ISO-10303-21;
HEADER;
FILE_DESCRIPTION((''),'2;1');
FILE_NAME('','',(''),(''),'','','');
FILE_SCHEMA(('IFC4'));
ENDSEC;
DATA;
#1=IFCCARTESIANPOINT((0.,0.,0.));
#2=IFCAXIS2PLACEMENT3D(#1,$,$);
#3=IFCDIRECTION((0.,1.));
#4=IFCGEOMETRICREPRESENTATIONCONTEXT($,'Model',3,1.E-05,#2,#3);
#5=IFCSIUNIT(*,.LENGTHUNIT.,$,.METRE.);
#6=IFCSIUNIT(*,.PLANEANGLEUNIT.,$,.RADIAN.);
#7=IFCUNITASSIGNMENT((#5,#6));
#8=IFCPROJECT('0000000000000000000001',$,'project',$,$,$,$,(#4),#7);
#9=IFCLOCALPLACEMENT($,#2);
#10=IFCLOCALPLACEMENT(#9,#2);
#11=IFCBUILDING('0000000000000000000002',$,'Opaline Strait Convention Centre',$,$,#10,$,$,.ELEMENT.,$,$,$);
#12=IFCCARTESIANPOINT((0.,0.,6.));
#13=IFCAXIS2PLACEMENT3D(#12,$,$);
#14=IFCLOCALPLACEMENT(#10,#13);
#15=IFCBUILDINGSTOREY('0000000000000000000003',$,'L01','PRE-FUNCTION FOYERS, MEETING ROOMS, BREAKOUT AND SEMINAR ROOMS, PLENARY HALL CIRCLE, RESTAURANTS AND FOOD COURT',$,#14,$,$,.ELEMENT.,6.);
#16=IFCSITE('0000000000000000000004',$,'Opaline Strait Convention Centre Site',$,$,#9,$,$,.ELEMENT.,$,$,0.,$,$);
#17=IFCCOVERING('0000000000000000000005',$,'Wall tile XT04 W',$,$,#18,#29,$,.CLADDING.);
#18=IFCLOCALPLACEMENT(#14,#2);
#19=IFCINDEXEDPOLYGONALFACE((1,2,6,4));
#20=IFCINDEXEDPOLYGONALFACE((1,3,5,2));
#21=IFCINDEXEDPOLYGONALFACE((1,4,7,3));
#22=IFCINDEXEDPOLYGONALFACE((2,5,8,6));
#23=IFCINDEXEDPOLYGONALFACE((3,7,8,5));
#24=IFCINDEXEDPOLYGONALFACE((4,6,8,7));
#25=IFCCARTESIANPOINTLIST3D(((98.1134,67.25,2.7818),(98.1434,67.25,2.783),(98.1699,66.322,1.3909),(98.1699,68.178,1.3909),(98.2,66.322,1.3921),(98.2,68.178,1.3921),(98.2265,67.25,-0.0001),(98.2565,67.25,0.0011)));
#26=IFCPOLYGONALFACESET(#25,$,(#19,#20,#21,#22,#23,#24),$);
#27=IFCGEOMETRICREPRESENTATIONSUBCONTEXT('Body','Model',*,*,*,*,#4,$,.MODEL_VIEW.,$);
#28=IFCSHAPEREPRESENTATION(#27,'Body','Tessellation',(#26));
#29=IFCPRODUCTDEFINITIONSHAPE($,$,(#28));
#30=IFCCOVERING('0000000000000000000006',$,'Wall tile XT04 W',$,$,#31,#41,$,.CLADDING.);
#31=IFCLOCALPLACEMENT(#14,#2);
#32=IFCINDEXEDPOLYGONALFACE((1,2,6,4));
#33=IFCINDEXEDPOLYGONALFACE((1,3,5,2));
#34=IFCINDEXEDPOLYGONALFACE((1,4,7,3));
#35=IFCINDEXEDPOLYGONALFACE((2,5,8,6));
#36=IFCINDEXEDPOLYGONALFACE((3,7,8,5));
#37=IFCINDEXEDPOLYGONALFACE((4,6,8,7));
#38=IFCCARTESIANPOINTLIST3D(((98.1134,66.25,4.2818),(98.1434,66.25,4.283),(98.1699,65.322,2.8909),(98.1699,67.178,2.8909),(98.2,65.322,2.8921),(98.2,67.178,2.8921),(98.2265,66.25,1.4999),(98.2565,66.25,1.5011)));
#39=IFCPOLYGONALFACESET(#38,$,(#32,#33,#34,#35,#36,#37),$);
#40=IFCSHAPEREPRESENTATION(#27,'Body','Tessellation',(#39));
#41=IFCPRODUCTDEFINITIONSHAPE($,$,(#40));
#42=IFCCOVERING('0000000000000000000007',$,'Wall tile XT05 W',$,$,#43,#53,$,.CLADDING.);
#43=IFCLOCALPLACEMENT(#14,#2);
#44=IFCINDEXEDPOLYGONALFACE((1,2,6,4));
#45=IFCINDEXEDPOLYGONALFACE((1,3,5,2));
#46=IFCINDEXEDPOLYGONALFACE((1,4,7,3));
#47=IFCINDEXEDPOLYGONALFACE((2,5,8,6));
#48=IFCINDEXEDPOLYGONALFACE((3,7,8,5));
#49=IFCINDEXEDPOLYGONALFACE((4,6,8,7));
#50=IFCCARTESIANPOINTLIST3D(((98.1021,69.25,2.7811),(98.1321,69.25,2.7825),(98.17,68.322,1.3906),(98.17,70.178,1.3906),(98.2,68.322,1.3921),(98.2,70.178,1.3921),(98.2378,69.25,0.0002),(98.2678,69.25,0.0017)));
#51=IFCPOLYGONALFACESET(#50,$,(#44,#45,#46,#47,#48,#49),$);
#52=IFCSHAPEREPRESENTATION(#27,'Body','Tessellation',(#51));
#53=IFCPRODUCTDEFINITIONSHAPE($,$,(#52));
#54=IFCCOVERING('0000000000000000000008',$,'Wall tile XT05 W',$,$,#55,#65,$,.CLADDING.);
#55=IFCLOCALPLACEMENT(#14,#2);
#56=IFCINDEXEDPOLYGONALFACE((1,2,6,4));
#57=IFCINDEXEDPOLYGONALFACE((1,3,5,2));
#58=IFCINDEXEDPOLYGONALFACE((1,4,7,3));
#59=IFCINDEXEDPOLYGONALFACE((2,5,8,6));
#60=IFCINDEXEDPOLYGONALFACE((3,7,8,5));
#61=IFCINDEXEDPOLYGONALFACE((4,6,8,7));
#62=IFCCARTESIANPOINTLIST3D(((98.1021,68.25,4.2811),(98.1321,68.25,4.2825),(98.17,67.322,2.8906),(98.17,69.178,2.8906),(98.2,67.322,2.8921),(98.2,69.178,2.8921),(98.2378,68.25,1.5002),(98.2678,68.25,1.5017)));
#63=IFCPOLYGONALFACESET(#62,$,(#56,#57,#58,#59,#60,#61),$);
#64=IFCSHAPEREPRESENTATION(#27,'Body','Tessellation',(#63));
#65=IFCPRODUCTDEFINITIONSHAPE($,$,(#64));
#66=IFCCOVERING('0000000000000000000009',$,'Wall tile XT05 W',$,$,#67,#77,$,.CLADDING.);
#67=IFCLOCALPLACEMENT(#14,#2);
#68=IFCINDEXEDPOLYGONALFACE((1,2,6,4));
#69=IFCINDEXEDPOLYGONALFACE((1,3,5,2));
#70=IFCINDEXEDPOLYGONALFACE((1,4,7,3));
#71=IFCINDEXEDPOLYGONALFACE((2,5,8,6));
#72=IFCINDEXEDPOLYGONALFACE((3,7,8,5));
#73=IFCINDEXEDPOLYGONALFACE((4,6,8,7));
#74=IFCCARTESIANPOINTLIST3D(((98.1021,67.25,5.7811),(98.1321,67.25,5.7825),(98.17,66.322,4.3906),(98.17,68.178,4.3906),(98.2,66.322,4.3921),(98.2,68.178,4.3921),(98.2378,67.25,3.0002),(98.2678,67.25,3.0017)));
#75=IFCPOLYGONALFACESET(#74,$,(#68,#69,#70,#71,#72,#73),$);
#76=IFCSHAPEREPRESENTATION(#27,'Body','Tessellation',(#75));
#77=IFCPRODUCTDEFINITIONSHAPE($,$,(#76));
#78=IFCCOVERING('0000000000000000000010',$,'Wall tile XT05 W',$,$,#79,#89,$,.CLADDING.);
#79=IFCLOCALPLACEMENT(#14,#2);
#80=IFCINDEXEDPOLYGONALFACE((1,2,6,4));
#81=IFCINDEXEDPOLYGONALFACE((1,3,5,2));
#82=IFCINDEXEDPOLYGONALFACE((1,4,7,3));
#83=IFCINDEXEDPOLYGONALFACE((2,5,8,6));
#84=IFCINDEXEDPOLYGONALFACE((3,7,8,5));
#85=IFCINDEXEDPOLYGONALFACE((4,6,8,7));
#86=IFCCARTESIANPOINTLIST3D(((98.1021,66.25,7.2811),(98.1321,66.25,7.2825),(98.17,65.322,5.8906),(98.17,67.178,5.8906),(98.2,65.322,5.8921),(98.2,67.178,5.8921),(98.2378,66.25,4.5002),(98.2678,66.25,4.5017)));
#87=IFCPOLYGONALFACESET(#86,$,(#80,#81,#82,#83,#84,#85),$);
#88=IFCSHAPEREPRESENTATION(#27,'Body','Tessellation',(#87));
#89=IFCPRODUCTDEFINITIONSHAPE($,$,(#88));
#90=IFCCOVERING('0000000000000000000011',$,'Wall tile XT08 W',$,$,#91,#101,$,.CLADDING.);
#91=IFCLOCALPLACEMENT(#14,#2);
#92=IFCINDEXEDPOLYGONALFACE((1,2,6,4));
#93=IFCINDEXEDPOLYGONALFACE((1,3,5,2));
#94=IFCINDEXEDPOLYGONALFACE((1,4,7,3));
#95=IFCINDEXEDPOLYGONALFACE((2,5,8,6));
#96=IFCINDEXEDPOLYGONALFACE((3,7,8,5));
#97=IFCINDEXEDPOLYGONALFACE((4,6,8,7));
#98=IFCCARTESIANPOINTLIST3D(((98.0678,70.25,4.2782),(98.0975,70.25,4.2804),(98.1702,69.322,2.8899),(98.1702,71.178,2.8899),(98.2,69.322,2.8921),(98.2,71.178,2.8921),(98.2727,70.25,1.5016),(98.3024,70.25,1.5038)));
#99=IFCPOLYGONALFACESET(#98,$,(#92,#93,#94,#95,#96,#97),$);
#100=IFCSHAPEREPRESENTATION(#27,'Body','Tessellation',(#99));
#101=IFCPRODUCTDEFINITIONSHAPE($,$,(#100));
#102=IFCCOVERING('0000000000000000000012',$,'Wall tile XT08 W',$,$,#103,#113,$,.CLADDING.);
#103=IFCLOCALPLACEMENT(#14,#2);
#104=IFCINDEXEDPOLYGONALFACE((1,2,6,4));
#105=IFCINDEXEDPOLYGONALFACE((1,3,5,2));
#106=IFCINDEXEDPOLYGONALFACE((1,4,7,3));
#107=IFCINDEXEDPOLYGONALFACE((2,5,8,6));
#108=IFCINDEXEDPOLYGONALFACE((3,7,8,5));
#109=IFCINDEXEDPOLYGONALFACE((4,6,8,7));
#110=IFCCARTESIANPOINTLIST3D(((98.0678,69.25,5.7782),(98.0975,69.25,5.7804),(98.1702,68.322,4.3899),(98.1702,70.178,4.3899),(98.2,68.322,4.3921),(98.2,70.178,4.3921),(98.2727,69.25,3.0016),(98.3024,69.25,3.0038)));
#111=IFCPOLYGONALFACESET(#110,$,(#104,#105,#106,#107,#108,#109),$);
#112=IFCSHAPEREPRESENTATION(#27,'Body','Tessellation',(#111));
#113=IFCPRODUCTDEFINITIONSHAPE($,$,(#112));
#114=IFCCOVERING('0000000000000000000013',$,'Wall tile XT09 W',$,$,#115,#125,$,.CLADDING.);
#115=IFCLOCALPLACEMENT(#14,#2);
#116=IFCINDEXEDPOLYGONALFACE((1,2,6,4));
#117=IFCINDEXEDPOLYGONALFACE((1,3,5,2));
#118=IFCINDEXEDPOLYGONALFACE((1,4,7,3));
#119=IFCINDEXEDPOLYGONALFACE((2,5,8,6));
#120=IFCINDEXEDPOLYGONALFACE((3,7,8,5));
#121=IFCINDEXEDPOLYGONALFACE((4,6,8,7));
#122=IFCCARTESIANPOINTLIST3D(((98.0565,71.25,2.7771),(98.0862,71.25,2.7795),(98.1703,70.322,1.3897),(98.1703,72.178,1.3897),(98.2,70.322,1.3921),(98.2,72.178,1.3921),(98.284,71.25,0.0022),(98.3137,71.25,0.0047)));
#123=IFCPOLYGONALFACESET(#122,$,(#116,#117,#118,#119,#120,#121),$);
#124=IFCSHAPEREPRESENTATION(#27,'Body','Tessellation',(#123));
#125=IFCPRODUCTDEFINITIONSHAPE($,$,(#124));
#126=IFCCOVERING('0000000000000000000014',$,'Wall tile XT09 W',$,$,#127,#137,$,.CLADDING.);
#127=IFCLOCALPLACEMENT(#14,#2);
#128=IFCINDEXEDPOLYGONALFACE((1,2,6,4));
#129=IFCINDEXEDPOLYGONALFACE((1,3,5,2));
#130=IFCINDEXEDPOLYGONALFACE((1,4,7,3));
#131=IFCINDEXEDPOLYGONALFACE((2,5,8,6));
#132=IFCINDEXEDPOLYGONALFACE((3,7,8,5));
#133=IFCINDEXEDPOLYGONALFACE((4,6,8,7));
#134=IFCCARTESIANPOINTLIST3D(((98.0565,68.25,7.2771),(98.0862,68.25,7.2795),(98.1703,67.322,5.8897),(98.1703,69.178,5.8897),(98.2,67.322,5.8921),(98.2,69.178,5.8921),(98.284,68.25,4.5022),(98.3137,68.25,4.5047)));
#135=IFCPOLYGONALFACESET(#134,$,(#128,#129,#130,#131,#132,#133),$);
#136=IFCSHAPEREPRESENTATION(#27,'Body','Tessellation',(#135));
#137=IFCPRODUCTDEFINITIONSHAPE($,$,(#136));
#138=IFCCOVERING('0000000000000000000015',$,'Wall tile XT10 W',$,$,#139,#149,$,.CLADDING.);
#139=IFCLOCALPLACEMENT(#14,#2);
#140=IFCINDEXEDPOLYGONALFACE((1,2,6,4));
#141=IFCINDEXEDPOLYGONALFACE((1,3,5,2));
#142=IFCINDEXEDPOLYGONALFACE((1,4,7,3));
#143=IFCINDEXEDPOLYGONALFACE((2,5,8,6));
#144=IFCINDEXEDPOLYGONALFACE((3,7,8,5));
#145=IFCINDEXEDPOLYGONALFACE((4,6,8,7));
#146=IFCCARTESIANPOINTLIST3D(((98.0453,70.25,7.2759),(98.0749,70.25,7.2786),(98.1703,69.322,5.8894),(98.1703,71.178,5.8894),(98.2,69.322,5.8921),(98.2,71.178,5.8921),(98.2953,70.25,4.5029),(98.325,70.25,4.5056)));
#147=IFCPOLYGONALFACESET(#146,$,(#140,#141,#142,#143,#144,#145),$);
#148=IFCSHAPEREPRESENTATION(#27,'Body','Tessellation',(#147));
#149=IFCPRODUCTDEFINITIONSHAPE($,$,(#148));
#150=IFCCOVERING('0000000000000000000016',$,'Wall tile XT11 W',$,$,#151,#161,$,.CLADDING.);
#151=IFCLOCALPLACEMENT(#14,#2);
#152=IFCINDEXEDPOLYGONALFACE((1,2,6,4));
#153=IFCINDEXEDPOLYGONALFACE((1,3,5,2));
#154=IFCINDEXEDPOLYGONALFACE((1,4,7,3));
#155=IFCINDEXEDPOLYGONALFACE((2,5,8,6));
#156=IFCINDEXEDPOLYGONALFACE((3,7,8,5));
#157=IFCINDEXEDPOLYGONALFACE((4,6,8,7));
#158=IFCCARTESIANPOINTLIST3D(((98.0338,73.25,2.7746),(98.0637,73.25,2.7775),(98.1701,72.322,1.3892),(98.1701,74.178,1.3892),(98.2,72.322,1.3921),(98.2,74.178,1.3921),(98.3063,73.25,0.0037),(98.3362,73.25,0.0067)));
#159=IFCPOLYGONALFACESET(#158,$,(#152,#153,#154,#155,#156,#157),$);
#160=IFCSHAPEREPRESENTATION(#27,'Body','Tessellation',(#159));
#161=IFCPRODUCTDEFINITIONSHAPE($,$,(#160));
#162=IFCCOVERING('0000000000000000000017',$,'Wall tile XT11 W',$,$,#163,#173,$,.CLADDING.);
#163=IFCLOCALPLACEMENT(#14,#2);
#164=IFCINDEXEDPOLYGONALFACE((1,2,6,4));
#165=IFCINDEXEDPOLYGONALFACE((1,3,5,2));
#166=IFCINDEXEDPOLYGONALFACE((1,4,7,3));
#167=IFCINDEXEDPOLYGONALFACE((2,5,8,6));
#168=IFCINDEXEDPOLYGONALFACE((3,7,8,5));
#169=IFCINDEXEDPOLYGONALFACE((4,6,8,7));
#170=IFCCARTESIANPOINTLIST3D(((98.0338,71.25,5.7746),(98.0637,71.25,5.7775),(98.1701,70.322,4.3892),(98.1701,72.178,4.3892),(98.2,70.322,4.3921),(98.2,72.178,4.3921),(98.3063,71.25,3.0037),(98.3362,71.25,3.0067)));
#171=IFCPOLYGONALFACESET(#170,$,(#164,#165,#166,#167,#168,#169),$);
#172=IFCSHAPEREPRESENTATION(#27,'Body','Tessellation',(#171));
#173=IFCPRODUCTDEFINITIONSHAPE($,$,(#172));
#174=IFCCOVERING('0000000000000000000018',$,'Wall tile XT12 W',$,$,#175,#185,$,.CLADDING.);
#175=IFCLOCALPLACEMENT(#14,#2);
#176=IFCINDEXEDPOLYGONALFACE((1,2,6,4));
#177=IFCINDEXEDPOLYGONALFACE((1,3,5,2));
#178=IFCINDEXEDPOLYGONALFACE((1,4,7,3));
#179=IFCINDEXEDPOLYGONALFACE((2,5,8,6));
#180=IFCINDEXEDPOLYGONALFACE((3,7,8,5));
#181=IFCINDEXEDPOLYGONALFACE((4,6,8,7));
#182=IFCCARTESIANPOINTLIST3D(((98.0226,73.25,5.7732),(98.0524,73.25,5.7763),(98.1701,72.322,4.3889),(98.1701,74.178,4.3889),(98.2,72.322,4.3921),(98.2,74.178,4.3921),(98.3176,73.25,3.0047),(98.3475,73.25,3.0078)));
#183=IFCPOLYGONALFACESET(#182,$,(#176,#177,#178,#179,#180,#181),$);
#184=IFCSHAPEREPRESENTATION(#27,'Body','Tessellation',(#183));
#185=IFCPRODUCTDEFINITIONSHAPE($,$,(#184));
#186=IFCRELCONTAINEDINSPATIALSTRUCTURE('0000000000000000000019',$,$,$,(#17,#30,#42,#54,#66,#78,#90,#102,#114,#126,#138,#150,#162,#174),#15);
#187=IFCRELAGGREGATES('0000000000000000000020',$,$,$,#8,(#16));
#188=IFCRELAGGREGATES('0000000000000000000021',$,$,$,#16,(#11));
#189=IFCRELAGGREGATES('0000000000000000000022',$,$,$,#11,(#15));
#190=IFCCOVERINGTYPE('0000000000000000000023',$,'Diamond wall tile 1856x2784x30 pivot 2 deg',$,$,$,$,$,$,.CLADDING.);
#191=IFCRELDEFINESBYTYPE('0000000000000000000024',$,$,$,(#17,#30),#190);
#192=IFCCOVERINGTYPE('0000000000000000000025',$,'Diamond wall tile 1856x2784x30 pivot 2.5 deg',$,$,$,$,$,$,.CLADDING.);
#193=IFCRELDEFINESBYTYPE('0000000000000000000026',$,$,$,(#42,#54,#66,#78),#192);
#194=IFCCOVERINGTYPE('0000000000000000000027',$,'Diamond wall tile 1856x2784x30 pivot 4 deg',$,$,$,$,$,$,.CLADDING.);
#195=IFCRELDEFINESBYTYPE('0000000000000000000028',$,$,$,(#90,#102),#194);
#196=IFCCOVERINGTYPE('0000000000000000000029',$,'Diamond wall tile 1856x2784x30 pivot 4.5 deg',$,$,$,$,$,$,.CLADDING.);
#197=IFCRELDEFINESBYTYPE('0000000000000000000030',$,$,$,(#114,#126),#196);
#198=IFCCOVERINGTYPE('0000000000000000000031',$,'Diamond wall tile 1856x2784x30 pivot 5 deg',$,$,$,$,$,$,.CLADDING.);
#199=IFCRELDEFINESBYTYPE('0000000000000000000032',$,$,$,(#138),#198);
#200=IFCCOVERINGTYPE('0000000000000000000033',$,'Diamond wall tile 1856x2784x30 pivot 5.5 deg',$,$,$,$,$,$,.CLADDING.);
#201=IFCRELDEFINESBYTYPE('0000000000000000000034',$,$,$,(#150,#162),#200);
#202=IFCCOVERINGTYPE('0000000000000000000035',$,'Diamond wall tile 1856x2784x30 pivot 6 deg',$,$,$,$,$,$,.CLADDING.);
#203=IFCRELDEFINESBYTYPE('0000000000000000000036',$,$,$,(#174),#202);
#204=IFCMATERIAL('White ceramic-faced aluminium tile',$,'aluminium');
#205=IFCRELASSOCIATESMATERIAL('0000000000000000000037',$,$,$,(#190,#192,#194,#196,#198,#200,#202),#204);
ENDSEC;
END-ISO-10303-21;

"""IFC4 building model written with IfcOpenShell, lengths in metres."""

from ifc_helpers import new_model, si_unit, direction, frame, origin, place, context, subcontext, project, spatial, polyline, outline, extrude, material, material_profile, profile_set, type_object, element, save


model = new_model("IFC4")

# Units and contexts
model_context = context("Model", 3, precision=1e-05, world=origin(), true_north=direction((0.0, 1.0)))
body_context = subcontext(model_context, "Body", "Model", "MODEL_VIEW")
ifc_project = project(units=[si_unit("LENGTHUNIT", "METRE"), si_unit("PLANEANGLEUNIT", "RADIAN")], contexts=[model_context])

# Site, building, storey
site_placement = place(None, origin())
site = spatial("IfcSite", under=ifc_project, at=site_placement, Name="Opaline Strait Convention Centre Site", CompositionType="ELEMENT", RefElevation=0.0)
building_placement = place(site_placement, origin())
building = spatial("IfcBuilding", under=site, at=building_placement, Name="Opaline Strait Convention Centre", CompositionType="ELEMENT")
storey_placement = place(building_placement, frame((0.0, 0.0, 6.0)))
storey = spatial("IfcBuildingStorey", under=building, at=storey_placement, Name="L01", Description="PRE-FUNCTION FOYERS, MEETING ROOMS, BREAKOUT AND SEMINAR ROOMS, PLENARY HALL CIRCLE, RESTAURANTS AND FOOD COURT", CompositionType="ELEMENT", Elevation=6.0)

# Coverings
ifc_material_1 = material(Name="White ceramic-faced aluminium tile", Category="aluminium")
ifc_material_profile_1 = material_profile(ifc_material_1, outline(polyline([(0.928, 0.0), (0.0, 1.3921), (-0.928, 0.0), (0.0, -1.3921), (0.928, 0.0)])), Name="Diamond tile 1856x2784")
ifc_profile_set_1 = profile_set([ifc_material_profile_1], Name="White ceramic-faced aluminium tile")
covering_type_1 = type_object("IfcCoveringType", Name="Diamond wall tile 1856x2784x30 pivot 2 deg", PredefinedType="CLADDING", material=ifc_profile_set_1)
for number, where, z_axis, x_axis, name in (
    (1, (98.2, 67.25, 1.3921), (-0.999175, 0.0, -0.040617), (0.0, -1.0, 0.0), "Wall tile XT04 W"),
    (2, (98.2, 66.25, 2.8921), (-0.999175, 0.0, -0.040617), (0.0, -1.0, 0.0), "Wall tile XT04 W"),
):
    element("IfcCovering", number, at=place(storey_placement, frame(where, z_axis=z_axis, x_axis=x_axis)), inside=storey, type_object=covering_type_1, Name=name, PredefinedType="CLADDING", context=body_context, shape_type="SweptSolid", body=[
        extrude(outline(polyline([(0.928, 0.0), (0.0, 1.3921), (-0.928, 0.0), (0.0, -1.3921), (0.928, 0.0)])), origin(), (0.0, 0.0, 1.0), 0.03),
    ])
ifc_material_profile_2 = material_profile(ifc_material_1, outline(polyline([(0.928, 0.0), (0.0, 1.3921), (-0.928, 0.0), (0.0, -1.3921), (0.928, 0.0)])), Name="Diamond tile 1856x2784")
ifc_profile_set_2 = profile_set([ifc_material_profile_2], Name="White ceramic-faced aluminium tile")
covering_type_2 = type_object("IfcCoveringType", Name="Diamond wall tile 1856x2784x30 pivot 2.5 deg", PredefinedType="CLADDING", material=ifc_profile_set_2)
for number, where, z_axis, x_axis, name in (
    (3, (98.2, 69.25, 1.3921), (-0.998812, 0.0, -0.048723), (0.0, -1.0, 0.0), "Wall tile XT05 W"),
    (4, (98.2, 68.25, 2.8921), (-0.998812, 0.0, -0.048723), (0.0, -1.0, 0.0), "Wall tile XT05 W"),
    (5, (98.2, 67.25, 4.3921), (-0.998812, 0.0, -0.048723), (0.0, -1.0, 0.0), "Wall tile XT05 W"),
    (6, (98.2, 66.25, 5.8921), (-0.998812, 0.0, -0.048723), (0.0, -1.0, 0.0), "Wall tile XT05 W"),
):
    element("IfcCovering", number, at=place(storey_placement, frame(where, z_axis=z_axis, x_axis=x_axis)), inside=storey, type_object=covering_type_2, Name=name, PredefinedType="CLADDING", context=body_context, shape_type="SweptSolid", body=[
        extrude(outline(polyline([(0.928, 0.0), (0.0, 1.3921), (-0.928, 0.0), (0.0, -1.3921), (0.928, 0.0)])), origin(), (0.0, 0.0, 1.0), 0.03),
    ])
ifc_material_profile_3 = material_profile(ifc_material_1, outline(polyline([(0.928, 0.0), (0.0, 1.3921), (-0.928, 0.0), (0.0, -1.3921), (0.928, 0.0)])), Name="Diamond tile 1856x2784")
ifc_profile_set_3 = profile_set([ifc_material_profile_3], Name="White ceramic-faced aluminium tile")
covering_type_3 = type_object("IfcCoveringType", Name="Diamond wall tile 1856x2784x30 pivot 4 deg", PredefinedType="CLADDING", material=ifc_profile_set_3)
for number, where, z_axis, x_axis, name in (
    (7, (98.2, 70.25, 2.8921), (-0.99729, 0.0, -0.073571), (0.0, -1.0, 0.0), "Wall tile XT08 W"),
    (8, (98.2, 69.25, 4.3921), (-0.99729, 0.0, -0.073571), (0.0, -1.0, 0.0), "Wall tile XT08 W"),
):
    element("IfcCovering", number, at=place(storey_placement, frame(where, z_axis=z_axis, x_axis=x_axis)), inside=storey, type_object=covering_type_3, Name=name, PredefinedType="CLADDING", context=body_context, shape_type="SweptSolid", body=[
        extrude(outline(polyline([(0.928, 0.0), (0.0, 1.3921), (-0.928, 0.0), (0.0, -1.3921), (0.928, 0.0)])), origin(), (0.0, 0.0, 1.0), 0.0298),
    ])
ifc_material_profile_4 = material_profile(ifc_material_1, outline(polyline([(0.928, 0.0), (0.0, 1.3921), (-0.928, 0.0), (0.0, -1.3921), (0.928, 0.0)])), Name="Diamond tile 1856x2784")
ifc_profile_set_4 = profile_set([ifc_material_profile_4], Name="White ceramic-faced aluminium tile")
covering_type_4 = type_object("IfcCoveringType", Name="Diamond wall tile 1856x2784x30 pivot 4.5 deg", PredefinedType="CLADDING", material=ifc_profile_set_4)
for number, where, z_axis, x_axis, name in (
    (9, (98.2, 71.25, 1.3921), (-0.996658, 0.0, -0.081693), (0.0, -1.0, 0.0), "Wall tile XT09 W"),
    (10, (98.2, 68.25, 5.8921), (-0.996658, 0.0, -0.081693), (0.0, -1.0, 0.0), "Wall tile XT09 W"),
):
    element("IfcCovering", number, at=place(storey_placement, frame(where, z_axis=z_axis, x_axis=x_axis)), inside=storey, type_object=covering_type_4, Name=name, PredefinedType="CLADDING", context=body_context, shape_type="SweptSolid", body=[
        extrude(outline(polyline([(0.928, 0.0), (0.0, 1.3921), (-0.928, 0.0), (0.0, -1.3921), (0.928, 0.0)])), origin(), (0.0, 0.0, 1.0), 0.0298),
    ])
ifc_material_profile_5 = material_profile(ifc_material_1, outline(polyline([(0.928, 0.0), (0.0, 1.3921), (-0.928, 0.0), (0.0, -1.3921), (0.928, 0.0)])), Name="Diamond tile 1856x2784")
ifc_profile_set_5 = profile_set([ifc_material_profile_5], Name="White ceramic-faced aluminium tile")
covering_type_5 = type_object("IfcCoveringType", Name="Diamond wall tile 1856x2784x30 pivot 5 deg", PredefinedType="CLADDING", material=ifc_profile_set_5)
covering_1_placement = place(storey_placement, frame((98.2, 70.25, 5.8921), z_axis=(-0.99596, 0.0, -0.0898), x_axis=(0.0, -1.0, 0.0)))
element("IfcCovering", 11, at=covering_1_placement, inside=storey, type_object=covering_type_5, Name="Wall tile XT10 W", PredefinedType="CLADDING", context=body_context, shape_type="SweptSolid", body=[
    extrude(outline(polyline([(0.928, 0.0), (0.0, 1.3921), (-0.928, 0.0), (0.0, -1.3921), (0.928, 0.0)])), origin(), (0.0, 0.0, 1.0), 0.0298),
])
ifc_material_profile_6 = material_profile(ifc_material_1, outline(polyline([(0.928, 0.0), (0.0, 1.3921), (-0.928, 0.0), (0.0, -1.3921), (0.928, 0.0)])), Name="Diamond tile 1856x2784")
ifc_profile_set_6 = profile_set([ifc_material_profile_6], Name="White ceramic-faced aluminium tile")
covering_type_6 = type_object("IfcCoveringType", Name="Diamond wall tile 1856x2784x30 pivot 5.5 deg", PredefinedType="CLADDING", material=ifc_profile_set_6)
for number, where, z_axis, x_axis, name in (
    (12, (98.2, 73.25, 1.3921), (-0.995197, 0.0, -0.097888), (0.0, -1.0, 0.0), "Wall tile XT11 W"),
    (13, (98.2, 71.25, 4.3921), (-0.995197, 0.0, -0.097888), (0.0, -1.0, 0.0), "Wall tile XT11 W"),
):
    element("IfcCovering", number, at=place(storey_placement, frame(where, z_axis=z_axis, x_axis=x_axis)), inside=storey, type_object=covering_type_6, Name=name, PredefinedType="CLADDING", context=body_context, shape_type="SweptSolid", body=[
        extrude(outline(polyline([(0.928, 0.0), (0.0, 1.3921), (-0.928, 0.0), (0.0, -1.3921), (0.928, 0.0)])), origin(), (0.0, 0.0, 1.0), 0.03),
    ])
ifc_material_profile_7 = material_profile(ifc_material_1, outline(polyline([(0.928, 0.0), (0.0, 1.3921), (-0.928, 0.0), (0.0, -1.3921), (0.928, 0.0)])), Name="Diamond tile 1856x2784")
ifc_profile_set_7 = profile_set([ifc_material_profile_7], Name="White ceramic-faced aluminium tile")
covering_type_7 = type_object("IfcCoveringType", Name="Diamond wall tile 1856x2784x30 pivot 6 deg", PredefinedType="CLADDING", material=ifc_profile_set_7)
covering_2_placement = place(storey_placement, frame((98.2, 73.25, 4.3921), z_axis=(-0.994371, 0.0, -0.105958), x_axis=(0.0, -1.0, 0.0)))
element("IfcCovering", 14, at=covering_2_placement, inside=storey, type_object=covering_type_7, Name="Wall tile XT12 W", PredefinedType="CLADDING", context=body_context, shape_type="SweptSolid", body=[
    extrude(outline(polyline([(0.928, 0.0), (0.0, 1.3921), (-0.928, 0.0), (0.0, -1.3921), (0.928, 0.0)])), origin(), (0.0, 0.0, 1.0), 0.03),
])

save(model, "model.ifc")
